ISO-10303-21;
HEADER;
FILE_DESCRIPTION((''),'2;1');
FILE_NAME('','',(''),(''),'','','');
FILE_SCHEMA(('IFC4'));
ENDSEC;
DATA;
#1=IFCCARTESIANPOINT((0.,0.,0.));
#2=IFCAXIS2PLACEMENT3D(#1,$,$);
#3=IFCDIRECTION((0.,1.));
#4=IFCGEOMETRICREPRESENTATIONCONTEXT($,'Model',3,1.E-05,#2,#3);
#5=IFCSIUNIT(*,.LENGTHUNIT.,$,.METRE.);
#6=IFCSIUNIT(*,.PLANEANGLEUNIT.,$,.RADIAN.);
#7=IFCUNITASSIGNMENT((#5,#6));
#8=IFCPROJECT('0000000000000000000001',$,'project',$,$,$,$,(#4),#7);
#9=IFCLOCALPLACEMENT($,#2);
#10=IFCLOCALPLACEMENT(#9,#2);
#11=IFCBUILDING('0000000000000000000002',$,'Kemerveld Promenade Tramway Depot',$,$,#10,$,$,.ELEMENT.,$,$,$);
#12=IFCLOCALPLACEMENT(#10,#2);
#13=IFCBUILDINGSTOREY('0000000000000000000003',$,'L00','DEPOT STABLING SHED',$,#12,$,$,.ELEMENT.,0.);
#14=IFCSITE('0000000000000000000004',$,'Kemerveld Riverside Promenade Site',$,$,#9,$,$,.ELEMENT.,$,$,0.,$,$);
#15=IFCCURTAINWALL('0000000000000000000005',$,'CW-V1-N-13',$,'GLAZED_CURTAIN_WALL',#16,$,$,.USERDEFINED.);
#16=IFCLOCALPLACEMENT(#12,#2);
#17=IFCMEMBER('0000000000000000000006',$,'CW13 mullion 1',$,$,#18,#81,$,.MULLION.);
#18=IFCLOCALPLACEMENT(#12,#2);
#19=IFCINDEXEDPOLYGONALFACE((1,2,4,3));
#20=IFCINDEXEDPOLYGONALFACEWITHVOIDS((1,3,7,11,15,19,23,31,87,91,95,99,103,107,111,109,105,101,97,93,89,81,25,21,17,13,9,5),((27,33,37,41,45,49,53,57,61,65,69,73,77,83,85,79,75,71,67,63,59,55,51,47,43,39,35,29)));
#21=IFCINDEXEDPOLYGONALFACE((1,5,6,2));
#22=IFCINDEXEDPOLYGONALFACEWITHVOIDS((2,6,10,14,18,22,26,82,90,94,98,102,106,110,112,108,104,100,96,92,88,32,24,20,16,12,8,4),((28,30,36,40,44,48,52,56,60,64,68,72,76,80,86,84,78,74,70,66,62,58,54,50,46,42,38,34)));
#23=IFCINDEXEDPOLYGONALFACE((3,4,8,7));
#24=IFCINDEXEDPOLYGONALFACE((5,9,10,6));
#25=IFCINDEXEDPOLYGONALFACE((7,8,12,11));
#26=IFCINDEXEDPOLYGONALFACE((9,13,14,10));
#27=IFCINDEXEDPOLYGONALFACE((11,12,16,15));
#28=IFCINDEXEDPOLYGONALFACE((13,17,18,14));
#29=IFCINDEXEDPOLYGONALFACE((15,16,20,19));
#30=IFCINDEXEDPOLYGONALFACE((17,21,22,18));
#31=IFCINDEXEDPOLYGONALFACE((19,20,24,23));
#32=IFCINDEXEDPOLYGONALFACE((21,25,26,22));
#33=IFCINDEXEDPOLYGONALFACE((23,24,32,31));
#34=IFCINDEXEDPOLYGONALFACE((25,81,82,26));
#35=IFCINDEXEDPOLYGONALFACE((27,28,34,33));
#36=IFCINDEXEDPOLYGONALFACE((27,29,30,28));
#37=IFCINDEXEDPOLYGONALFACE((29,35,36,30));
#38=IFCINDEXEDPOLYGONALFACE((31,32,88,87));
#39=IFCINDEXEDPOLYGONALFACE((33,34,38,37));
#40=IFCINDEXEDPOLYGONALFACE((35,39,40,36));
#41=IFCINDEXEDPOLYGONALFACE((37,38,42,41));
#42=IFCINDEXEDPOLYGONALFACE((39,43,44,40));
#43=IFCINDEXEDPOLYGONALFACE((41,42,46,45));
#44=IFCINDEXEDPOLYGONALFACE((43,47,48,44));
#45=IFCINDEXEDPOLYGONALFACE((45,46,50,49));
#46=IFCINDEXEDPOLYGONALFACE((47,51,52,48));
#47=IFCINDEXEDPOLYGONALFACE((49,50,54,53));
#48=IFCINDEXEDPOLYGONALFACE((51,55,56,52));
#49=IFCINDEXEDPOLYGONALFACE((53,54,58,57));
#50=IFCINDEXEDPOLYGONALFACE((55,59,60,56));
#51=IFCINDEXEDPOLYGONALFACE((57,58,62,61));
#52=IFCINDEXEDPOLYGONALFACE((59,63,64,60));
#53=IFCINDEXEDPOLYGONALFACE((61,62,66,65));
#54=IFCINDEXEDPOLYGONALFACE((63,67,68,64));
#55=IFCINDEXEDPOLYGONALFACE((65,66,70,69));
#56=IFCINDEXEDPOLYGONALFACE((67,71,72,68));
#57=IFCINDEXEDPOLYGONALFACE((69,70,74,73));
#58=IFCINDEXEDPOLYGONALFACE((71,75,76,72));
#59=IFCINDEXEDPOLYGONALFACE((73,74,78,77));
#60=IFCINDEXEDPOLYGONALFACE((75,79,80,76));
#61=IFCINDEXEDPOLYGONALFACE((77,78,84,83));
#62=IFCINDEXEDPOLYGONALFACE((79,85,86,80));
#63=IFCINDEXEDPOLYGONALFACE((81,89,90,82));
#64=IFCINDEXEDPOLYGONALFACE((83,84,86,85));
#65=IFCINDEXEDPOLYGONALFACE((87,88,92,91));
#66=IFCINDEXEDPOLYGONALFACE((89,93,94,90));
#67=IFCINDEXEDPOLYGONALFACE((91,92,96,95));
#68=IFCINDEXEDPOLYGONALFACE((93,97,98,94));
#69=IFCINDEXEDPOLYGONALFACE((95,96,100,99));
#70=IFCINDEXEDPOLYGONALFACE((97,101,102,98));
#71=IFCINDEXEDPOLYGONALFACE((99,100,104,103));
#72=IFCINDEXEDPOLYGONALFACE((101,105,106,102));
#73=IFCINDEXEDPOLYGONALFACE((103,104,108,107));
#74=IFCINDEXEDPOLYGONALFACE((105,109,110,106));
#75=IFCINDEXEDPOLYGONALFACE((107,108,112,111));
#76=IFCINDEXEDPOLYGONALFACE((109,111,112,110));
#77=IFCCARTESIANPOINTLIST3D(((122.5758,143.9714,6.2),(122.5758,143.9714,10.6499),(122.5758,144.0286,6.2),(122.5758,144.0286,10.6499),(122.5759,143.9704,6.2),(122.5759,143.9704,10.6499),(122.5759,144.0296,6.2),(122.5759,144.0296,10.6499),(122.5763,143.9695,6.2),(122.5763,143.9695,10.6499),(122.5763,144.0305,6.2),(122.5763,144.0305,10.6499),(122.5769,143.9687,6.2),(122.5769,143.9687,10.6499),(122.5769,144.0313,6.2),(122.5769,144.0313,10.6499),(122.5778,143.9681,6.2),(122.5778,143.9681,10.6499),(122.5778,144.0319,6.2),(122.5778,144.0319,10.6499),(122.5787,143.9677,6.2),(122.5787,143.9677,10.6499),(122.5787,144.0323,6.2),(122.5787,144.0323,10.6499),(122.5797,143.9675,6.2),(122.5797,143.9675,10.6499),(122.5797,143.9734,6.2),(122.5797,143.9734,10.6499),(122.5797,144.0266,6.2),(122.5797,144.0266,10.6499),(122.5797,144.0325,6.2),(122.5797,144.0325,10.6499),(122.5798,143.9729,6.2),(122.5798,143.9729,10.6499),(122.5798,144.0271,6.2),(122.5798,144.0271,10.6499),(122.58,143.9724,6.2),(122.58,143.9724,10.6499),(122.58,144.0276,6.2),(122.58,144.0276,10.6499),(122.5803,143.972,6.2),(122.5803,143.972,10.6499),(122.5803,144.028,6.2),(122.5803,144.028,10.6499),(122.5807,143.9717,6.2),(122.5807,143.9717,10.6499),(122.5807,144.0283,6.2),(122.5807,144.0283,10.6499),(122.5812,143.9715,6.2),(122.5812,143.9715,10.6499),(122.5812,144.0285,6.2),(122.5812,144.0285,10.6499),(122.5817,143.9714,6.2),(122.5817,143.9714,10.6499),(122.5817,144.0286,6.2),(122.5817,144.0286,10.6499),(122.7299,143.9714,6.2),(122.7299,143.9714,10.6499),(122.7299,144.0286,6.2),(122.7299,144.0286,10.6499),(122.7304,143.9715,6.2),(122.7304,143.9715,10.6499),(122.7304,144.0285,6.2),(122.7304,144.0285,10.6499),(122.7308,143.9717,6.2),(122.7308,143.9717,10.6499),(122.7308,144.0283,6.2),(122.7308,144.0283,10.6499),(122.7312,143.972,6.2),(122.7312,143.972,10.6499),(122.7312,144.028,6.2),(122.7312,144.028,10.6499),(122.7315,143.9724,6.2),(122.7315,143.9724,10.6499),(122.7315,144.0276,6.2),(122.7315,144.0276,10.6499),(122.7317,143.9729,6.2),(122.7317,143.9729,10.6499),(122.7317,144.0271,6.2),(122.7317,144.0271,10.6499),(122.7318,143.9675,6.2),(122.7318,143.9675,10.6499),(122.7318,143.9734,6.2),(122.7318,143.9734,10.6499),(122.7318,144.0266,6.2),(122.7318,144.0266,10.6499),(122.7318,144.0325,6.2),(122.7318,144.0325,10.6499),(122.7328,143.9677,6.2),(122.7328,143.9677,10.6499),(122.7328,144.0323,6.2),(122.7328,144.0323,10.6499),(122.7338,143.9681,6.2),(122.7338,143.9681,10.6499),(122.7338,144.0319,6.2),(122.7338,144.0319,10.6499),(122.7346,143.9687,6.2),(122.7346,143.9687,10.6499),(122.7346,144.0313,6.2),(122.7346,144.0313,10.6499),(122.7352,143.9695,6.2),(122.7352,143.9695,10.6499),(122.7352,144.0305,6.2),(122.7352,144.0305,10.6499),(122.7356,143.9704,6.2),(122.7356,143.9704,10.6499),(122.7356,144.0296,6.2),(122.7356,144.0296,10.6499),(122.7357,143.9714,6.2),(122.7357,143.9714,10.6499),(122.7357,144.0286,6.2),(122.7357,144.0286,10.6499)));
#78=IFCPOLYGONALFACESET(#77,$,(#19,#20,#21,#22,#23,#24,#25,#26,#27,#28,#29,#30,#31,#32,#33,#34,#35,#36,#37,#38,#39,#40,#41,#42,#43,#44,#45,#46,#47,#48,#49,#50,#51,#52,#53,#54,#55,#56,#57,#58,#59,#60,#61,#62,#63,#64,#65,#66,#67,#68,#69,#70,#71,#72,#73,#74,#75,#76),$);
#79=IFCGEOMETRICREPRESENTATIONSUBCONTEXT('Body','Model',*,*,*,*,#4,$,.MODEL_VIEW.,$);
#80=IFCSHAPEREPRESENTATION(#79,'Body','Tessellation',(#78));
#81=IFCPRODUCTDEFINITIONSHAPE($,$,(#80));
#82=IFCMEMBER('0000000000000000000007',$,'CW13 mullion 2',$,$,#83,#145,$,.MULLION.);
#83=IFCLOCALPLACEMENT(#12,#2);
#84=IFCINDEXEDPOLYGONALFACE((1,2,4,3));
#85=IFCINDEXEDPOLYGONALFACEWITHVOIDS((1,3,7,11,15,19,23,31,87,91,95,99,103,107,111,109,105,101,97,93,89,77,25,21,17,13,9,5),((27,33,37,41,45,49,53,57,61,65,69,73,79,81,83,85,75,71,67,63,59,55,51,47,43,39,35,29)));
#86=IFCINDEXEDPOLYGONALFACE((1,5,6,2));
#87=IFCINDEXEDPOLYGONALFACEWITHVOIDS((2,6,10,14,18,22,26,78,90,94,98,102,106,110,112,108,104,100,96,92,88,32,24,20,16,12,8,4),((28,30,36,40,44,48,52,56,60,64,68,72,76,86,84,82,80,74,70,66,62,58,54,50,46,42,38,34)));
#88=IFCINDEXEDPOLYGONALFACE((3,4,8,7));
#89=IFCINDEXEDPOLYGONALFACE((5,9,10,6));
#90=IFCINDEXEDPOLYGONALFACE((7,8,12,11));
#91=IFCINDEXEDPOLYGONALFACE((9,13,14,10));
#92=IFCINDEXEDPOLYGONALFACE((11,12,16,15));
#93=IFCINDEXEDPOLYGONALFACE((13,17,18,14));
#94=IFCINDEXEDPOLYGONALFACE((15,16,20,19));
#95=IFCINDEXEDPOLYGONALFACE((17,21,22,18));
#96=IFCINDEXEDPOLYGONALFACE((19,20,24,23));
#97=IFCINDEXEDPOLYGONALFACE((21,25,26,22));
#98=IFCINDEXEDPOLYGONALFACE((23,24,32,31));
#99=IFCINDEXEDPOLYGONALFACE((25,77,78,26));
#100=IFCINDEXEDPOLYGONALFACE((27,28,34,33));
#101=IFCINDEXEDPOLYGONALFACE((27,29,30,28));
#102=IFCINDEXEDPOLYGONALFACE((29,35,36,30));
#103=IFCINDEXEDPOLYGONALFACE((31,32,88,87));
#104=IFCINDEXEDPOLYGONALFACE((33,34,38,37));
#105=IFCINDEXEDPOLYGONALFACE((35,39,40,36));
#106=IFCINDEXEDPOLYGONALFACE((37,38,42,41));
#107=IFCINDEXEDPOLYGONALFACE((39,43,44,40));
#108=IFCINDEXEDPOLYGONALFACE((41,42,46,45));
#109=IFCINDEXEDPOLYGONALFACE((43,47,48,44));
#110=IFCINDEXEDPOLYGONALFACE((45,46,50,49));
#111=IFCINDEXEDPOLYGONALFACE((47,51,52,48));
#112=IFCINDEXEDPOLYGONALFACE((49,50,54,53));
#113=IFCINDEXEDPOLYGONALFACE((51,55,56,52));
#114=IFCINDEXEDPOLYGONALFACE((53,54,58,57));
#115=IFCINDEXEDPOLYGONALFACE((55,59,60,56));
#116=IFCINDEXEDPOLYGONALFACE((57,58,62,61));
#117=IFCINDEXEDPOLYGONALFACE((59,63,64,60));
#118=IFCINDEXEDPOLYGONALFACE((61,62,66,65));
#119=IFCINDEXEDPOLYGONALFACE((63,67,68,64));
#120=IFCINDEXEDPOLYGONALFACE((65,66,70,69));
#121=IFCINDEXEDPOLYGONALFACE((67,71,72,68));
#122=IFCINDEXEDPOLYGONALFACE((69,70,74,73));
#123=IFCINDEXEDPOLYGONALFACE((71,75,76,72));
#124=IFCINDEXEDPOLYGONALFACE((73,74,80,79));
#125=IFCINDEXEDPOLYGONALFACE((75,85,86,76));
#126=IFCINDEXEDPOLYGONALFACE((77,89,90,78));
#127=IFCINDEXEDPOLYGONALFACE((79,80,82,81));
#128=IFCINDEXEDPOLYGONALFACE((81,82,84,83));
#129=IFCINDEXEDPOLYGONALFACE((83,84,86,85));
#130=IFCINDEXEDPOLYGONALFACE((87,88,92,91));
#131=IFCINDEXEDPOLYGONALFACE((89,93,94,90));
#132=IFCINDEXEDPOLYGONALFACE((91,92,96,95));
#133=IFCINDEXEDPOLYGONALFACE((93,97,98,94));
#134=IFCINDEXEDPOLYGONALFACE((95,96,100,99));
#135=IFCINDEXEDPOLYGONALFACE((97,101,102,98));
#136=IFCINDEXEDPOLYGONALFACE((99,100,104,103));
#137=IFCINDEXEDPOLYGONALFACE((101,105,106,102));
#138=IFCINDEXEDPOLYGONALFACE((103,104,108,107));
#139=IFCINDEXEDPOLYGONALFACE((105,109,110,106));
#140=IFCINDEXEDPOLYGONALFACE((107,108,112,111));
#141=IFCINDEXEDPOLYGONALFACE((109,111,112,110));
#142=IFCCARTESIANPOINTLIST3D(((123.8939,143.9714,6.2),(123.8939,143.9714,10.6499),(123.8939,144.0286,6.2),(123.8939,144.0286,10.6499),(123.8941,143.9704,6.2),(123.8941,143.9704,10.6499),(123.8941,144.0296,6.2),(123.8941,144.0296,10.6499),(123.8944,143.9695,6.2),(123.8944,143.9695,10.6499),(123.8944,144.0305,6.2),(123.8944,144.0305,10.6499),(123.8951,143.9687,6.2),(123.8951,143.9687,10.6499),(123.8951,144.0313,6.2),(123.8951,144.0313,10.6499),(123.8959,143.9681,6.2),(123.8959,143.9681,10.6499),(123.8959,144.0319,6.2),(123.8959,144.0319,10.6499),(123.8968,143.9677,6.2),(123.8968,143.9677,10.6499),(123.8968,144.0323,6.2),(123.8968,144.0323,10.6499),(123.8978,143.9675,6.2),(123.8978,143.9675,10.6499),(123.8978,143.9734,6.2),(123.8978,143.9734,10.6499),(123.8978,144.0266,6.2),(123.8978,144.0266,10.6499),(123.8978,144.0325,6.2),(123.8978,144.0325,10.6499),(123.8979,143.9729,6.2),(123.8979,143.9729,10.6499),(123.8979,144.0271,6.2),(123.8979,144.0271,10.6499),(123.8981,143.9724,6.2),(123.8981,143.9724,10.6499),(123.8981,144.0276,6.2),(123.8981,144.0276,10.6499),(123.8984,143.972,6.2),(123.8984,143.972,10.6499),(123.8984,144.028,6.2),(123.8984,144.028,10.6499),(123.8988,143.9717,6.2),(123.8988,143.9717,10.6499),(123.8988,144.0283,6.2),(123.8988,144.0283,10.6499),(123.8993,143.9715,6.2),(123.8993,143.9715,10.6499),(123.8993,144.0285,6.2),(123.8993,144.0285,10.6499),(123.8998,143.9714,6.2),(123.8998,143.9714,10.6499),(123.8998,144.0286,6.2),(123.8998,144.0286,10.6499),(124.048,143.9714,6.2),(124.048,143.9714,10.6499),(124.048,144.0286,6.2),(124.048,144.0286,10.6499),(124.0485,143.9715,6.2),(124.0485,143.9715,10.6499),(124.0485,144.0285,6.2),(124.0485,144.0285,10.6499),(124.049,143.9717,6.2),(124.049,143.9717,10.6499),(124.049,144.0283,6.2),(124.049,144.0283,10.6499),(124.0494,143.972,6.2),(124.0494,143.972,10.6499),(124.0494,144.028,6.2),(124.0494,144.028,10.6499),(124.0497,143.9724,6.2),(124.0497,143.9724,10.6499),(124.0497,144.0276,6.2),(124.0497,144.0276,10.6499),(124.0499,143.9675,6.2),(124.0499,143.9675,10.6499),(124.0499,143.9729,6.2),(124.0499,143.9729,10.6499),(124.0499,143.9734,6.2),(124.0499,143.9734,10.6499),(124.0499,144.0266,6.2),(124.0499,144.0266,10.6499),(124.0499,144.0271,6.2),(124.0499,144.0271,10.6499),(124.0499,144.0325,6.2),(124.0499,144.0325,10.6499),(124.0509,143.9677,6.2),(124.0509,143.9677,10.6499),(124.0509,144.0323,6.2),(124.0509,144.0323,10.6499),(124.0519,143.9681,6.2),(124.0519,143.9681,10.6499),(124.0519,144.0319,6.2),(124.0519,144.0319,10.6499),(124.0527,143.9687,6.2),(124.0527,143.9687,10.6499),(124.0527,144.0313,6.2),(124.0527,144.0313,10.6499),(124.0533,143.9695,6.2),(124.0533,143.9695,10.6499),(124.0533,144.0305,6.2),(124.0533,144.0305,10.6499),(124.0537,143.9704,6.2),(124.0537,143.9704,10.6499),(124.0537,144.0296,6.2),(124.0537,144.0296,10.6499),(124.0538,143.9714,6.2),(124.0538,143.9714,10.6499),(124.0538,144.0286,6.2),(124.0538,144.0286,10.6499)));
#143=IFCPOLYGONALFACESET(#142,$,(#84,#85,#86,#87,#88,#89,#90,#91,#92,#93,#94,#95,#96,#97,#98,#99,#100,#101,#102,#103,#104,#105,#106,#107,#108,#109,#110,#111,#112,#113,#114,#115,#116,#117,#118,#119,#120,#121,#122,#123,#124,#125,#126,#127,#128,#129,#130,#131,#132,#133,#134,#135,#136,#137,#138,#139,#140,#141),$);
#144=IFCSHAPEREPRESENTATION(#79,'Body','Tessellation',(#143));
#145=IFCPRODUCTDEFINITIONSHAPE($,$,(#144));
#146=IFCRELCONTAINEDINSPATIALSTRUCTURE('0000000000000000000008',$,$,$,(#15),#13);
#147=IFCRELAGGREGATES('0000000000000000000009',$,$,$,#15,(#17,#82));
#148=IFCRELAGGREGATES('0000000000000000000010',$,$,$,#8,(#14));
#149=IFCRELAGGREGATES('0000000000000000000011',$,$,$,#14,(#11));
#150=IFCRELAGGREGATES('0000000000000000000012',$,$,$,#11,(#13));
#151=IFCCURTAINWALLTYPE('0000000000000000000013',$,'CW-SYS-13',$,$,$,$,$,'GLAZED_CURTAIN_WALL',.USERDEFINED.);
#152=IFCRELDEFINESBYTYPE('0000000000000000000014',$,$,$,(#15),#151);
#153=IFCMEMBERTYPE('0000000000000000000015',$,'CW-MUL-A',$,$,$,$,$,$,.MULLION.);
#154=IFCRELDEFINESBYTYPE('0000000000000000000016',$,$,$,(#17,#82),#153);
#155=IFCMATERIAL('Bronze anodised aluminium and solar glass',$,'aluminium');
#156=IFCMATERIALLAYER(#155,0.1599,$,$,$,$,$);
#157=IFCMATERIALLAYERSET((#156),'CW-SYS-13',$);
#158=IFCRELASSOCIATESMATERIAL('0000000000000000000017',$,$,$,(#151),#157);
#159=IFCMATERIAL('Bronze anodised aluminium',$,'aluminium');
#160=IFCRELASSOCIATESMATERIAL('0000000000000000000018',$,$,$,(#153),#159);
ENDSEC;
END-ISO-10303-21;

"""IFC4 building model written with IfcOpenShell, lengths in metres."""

from ifc_helpers import new_model, si_unit, direction, frame, origin, origin_2d, place, context, subcontext, project, spatial, hollow_rectangle, extrude, material, layer, layer_set, material_profile, profile_set, type_object, element, aggregate, save


model = new_model("IFC4")

# Units and contexts
model_context = context("Model", 3, precision=1e-05, world=origin(), true_north=direction((0.0, 1.0)))
body_context = subcontext(model_context, "Body", "Model", "MODEL_VIEW")
ifc_project = project(units=[si_unit("LENGTHUNIT", "METRE"), si_unit("PLANEANGLEUNIT", "RADIAN")], contexts=[model_context])

# Site, building, storey
site_placement = place(None, origin())
site = spatial("IfcSite", under=ifc_project, at=site_placement, Name="Kemerveld Riverside Promenade Site", CompositionType="ELEMENT", RefElevation=0.0)
building_placement = place(site_placement, origin())
building = spatial("IfcBuilding", under=site, at=building_placement, Name="Kemerveld Promenade Tramway Depot", CompositionType="ELEMENT")
storey_placement = place(building_placement, origin())
storey = spatial("IfcBuildingStorey", under=building, at=storey_placement, Name="L00", Description="DEPOT STABLING SHED", CompositionType="ELEMENT", Elevation=0.0)

# Curtain wall, members
ifc_material_1 = material(Name="Bronze anodised aluminium and solar glass", Category="aluminium")
ifc_layer_1 = layer(ifc_material_1, 0.1599)
ifc_layer_set_1 = layer_set([ifc_layer_1], Name="CW-SYS-13")
curtain_wall_type = type_object("IfcCurtainWallType", Name="CW-SYS-13", ElementType="GLAZED_CURTAIN_WALL", PredefinedType="USERDEFINED", material=ifc_layer_set_1)
curtain_wall_placement = place(storey_placement, origin())
curtain_wall = element("IfcCurtainWall", 1, at=curtain_wall_placement, inside=storey, type_object=curtain_wall_type, Name="CW-V1-N-13", ObjectType="GLAZED_CURTAIN_WALL", PredefinedType="USERDEFINED")
ifc_material_2 = material(Name="Bronze anodised aluminium", Category="aluminium")
ifc_material_profile_1 = material_profile(ifc_material_2, hollow_rectangle(XDim=0.0649, YDim=0.1599, WallThickness=0.0039, InnerFilletRadius=0.002, OuterFilletRadius=0.0039, at=origin_2d()), Name="CW-MUL-160x65")
ifc_profile_set_1 = profile_set([ifc_material_profile_1], Name="Bronze anodised aluminium")
member_type_1 = type_object("IfcMemberType", Name="CW-MUL-A", PredefinedType="MULLION", material=ifc_profile_set_1)
member_1_placement = place(storey_placement, frame((122.6558, 144.0, 6.2), z_axis=(0.0, 0.0, 1.0), x_axis=(0.0, 1.0, 0.0)))
member_1 = element("IfcMember", 2, at=member_1_placement, type_object=member_type_1, Name="CW13 mullion 1", PredefinedType="MULLION", context=body_context, shape_type="SweptSolid", body=[
    extrude(hollow_rectangle(XDim=0.0649, YDim=0.1599, WallThickness=0.0039, InnerFilletRadius=0.002, OuterFilletRadius=0.0039, at=origin_2d()), origin(), (0.0, 0.0, 1.0), 4.45),
])
member_2_placement = place(storey_placement, frame((123.9739, 144.0, 6.2), z_axis=(0.0, 0.0, 1.0), x_axis=(0.0, 1.0, 0.0)))
member_2 = element("IfcMember", 3, at=member_2_placement, type_object=member_type_1, Name="CW13 mullion 2", PredefinedType="MULLION", context=body_context, shape_type="SweptSolid", body=[
    extrude(hollow_rectangle(XDim=0.0649, YDim=0.1599, WallThickness=0.0039, InnerFilletRadius=0.002, OuterFilletRadius=0.0039, at=origin_2d()), origin(), (0.0, 0.0, 1.0), 4.45),
])
aggregate(curtain_wall, [member_1, member_2])

save(model, "model.ifc")
